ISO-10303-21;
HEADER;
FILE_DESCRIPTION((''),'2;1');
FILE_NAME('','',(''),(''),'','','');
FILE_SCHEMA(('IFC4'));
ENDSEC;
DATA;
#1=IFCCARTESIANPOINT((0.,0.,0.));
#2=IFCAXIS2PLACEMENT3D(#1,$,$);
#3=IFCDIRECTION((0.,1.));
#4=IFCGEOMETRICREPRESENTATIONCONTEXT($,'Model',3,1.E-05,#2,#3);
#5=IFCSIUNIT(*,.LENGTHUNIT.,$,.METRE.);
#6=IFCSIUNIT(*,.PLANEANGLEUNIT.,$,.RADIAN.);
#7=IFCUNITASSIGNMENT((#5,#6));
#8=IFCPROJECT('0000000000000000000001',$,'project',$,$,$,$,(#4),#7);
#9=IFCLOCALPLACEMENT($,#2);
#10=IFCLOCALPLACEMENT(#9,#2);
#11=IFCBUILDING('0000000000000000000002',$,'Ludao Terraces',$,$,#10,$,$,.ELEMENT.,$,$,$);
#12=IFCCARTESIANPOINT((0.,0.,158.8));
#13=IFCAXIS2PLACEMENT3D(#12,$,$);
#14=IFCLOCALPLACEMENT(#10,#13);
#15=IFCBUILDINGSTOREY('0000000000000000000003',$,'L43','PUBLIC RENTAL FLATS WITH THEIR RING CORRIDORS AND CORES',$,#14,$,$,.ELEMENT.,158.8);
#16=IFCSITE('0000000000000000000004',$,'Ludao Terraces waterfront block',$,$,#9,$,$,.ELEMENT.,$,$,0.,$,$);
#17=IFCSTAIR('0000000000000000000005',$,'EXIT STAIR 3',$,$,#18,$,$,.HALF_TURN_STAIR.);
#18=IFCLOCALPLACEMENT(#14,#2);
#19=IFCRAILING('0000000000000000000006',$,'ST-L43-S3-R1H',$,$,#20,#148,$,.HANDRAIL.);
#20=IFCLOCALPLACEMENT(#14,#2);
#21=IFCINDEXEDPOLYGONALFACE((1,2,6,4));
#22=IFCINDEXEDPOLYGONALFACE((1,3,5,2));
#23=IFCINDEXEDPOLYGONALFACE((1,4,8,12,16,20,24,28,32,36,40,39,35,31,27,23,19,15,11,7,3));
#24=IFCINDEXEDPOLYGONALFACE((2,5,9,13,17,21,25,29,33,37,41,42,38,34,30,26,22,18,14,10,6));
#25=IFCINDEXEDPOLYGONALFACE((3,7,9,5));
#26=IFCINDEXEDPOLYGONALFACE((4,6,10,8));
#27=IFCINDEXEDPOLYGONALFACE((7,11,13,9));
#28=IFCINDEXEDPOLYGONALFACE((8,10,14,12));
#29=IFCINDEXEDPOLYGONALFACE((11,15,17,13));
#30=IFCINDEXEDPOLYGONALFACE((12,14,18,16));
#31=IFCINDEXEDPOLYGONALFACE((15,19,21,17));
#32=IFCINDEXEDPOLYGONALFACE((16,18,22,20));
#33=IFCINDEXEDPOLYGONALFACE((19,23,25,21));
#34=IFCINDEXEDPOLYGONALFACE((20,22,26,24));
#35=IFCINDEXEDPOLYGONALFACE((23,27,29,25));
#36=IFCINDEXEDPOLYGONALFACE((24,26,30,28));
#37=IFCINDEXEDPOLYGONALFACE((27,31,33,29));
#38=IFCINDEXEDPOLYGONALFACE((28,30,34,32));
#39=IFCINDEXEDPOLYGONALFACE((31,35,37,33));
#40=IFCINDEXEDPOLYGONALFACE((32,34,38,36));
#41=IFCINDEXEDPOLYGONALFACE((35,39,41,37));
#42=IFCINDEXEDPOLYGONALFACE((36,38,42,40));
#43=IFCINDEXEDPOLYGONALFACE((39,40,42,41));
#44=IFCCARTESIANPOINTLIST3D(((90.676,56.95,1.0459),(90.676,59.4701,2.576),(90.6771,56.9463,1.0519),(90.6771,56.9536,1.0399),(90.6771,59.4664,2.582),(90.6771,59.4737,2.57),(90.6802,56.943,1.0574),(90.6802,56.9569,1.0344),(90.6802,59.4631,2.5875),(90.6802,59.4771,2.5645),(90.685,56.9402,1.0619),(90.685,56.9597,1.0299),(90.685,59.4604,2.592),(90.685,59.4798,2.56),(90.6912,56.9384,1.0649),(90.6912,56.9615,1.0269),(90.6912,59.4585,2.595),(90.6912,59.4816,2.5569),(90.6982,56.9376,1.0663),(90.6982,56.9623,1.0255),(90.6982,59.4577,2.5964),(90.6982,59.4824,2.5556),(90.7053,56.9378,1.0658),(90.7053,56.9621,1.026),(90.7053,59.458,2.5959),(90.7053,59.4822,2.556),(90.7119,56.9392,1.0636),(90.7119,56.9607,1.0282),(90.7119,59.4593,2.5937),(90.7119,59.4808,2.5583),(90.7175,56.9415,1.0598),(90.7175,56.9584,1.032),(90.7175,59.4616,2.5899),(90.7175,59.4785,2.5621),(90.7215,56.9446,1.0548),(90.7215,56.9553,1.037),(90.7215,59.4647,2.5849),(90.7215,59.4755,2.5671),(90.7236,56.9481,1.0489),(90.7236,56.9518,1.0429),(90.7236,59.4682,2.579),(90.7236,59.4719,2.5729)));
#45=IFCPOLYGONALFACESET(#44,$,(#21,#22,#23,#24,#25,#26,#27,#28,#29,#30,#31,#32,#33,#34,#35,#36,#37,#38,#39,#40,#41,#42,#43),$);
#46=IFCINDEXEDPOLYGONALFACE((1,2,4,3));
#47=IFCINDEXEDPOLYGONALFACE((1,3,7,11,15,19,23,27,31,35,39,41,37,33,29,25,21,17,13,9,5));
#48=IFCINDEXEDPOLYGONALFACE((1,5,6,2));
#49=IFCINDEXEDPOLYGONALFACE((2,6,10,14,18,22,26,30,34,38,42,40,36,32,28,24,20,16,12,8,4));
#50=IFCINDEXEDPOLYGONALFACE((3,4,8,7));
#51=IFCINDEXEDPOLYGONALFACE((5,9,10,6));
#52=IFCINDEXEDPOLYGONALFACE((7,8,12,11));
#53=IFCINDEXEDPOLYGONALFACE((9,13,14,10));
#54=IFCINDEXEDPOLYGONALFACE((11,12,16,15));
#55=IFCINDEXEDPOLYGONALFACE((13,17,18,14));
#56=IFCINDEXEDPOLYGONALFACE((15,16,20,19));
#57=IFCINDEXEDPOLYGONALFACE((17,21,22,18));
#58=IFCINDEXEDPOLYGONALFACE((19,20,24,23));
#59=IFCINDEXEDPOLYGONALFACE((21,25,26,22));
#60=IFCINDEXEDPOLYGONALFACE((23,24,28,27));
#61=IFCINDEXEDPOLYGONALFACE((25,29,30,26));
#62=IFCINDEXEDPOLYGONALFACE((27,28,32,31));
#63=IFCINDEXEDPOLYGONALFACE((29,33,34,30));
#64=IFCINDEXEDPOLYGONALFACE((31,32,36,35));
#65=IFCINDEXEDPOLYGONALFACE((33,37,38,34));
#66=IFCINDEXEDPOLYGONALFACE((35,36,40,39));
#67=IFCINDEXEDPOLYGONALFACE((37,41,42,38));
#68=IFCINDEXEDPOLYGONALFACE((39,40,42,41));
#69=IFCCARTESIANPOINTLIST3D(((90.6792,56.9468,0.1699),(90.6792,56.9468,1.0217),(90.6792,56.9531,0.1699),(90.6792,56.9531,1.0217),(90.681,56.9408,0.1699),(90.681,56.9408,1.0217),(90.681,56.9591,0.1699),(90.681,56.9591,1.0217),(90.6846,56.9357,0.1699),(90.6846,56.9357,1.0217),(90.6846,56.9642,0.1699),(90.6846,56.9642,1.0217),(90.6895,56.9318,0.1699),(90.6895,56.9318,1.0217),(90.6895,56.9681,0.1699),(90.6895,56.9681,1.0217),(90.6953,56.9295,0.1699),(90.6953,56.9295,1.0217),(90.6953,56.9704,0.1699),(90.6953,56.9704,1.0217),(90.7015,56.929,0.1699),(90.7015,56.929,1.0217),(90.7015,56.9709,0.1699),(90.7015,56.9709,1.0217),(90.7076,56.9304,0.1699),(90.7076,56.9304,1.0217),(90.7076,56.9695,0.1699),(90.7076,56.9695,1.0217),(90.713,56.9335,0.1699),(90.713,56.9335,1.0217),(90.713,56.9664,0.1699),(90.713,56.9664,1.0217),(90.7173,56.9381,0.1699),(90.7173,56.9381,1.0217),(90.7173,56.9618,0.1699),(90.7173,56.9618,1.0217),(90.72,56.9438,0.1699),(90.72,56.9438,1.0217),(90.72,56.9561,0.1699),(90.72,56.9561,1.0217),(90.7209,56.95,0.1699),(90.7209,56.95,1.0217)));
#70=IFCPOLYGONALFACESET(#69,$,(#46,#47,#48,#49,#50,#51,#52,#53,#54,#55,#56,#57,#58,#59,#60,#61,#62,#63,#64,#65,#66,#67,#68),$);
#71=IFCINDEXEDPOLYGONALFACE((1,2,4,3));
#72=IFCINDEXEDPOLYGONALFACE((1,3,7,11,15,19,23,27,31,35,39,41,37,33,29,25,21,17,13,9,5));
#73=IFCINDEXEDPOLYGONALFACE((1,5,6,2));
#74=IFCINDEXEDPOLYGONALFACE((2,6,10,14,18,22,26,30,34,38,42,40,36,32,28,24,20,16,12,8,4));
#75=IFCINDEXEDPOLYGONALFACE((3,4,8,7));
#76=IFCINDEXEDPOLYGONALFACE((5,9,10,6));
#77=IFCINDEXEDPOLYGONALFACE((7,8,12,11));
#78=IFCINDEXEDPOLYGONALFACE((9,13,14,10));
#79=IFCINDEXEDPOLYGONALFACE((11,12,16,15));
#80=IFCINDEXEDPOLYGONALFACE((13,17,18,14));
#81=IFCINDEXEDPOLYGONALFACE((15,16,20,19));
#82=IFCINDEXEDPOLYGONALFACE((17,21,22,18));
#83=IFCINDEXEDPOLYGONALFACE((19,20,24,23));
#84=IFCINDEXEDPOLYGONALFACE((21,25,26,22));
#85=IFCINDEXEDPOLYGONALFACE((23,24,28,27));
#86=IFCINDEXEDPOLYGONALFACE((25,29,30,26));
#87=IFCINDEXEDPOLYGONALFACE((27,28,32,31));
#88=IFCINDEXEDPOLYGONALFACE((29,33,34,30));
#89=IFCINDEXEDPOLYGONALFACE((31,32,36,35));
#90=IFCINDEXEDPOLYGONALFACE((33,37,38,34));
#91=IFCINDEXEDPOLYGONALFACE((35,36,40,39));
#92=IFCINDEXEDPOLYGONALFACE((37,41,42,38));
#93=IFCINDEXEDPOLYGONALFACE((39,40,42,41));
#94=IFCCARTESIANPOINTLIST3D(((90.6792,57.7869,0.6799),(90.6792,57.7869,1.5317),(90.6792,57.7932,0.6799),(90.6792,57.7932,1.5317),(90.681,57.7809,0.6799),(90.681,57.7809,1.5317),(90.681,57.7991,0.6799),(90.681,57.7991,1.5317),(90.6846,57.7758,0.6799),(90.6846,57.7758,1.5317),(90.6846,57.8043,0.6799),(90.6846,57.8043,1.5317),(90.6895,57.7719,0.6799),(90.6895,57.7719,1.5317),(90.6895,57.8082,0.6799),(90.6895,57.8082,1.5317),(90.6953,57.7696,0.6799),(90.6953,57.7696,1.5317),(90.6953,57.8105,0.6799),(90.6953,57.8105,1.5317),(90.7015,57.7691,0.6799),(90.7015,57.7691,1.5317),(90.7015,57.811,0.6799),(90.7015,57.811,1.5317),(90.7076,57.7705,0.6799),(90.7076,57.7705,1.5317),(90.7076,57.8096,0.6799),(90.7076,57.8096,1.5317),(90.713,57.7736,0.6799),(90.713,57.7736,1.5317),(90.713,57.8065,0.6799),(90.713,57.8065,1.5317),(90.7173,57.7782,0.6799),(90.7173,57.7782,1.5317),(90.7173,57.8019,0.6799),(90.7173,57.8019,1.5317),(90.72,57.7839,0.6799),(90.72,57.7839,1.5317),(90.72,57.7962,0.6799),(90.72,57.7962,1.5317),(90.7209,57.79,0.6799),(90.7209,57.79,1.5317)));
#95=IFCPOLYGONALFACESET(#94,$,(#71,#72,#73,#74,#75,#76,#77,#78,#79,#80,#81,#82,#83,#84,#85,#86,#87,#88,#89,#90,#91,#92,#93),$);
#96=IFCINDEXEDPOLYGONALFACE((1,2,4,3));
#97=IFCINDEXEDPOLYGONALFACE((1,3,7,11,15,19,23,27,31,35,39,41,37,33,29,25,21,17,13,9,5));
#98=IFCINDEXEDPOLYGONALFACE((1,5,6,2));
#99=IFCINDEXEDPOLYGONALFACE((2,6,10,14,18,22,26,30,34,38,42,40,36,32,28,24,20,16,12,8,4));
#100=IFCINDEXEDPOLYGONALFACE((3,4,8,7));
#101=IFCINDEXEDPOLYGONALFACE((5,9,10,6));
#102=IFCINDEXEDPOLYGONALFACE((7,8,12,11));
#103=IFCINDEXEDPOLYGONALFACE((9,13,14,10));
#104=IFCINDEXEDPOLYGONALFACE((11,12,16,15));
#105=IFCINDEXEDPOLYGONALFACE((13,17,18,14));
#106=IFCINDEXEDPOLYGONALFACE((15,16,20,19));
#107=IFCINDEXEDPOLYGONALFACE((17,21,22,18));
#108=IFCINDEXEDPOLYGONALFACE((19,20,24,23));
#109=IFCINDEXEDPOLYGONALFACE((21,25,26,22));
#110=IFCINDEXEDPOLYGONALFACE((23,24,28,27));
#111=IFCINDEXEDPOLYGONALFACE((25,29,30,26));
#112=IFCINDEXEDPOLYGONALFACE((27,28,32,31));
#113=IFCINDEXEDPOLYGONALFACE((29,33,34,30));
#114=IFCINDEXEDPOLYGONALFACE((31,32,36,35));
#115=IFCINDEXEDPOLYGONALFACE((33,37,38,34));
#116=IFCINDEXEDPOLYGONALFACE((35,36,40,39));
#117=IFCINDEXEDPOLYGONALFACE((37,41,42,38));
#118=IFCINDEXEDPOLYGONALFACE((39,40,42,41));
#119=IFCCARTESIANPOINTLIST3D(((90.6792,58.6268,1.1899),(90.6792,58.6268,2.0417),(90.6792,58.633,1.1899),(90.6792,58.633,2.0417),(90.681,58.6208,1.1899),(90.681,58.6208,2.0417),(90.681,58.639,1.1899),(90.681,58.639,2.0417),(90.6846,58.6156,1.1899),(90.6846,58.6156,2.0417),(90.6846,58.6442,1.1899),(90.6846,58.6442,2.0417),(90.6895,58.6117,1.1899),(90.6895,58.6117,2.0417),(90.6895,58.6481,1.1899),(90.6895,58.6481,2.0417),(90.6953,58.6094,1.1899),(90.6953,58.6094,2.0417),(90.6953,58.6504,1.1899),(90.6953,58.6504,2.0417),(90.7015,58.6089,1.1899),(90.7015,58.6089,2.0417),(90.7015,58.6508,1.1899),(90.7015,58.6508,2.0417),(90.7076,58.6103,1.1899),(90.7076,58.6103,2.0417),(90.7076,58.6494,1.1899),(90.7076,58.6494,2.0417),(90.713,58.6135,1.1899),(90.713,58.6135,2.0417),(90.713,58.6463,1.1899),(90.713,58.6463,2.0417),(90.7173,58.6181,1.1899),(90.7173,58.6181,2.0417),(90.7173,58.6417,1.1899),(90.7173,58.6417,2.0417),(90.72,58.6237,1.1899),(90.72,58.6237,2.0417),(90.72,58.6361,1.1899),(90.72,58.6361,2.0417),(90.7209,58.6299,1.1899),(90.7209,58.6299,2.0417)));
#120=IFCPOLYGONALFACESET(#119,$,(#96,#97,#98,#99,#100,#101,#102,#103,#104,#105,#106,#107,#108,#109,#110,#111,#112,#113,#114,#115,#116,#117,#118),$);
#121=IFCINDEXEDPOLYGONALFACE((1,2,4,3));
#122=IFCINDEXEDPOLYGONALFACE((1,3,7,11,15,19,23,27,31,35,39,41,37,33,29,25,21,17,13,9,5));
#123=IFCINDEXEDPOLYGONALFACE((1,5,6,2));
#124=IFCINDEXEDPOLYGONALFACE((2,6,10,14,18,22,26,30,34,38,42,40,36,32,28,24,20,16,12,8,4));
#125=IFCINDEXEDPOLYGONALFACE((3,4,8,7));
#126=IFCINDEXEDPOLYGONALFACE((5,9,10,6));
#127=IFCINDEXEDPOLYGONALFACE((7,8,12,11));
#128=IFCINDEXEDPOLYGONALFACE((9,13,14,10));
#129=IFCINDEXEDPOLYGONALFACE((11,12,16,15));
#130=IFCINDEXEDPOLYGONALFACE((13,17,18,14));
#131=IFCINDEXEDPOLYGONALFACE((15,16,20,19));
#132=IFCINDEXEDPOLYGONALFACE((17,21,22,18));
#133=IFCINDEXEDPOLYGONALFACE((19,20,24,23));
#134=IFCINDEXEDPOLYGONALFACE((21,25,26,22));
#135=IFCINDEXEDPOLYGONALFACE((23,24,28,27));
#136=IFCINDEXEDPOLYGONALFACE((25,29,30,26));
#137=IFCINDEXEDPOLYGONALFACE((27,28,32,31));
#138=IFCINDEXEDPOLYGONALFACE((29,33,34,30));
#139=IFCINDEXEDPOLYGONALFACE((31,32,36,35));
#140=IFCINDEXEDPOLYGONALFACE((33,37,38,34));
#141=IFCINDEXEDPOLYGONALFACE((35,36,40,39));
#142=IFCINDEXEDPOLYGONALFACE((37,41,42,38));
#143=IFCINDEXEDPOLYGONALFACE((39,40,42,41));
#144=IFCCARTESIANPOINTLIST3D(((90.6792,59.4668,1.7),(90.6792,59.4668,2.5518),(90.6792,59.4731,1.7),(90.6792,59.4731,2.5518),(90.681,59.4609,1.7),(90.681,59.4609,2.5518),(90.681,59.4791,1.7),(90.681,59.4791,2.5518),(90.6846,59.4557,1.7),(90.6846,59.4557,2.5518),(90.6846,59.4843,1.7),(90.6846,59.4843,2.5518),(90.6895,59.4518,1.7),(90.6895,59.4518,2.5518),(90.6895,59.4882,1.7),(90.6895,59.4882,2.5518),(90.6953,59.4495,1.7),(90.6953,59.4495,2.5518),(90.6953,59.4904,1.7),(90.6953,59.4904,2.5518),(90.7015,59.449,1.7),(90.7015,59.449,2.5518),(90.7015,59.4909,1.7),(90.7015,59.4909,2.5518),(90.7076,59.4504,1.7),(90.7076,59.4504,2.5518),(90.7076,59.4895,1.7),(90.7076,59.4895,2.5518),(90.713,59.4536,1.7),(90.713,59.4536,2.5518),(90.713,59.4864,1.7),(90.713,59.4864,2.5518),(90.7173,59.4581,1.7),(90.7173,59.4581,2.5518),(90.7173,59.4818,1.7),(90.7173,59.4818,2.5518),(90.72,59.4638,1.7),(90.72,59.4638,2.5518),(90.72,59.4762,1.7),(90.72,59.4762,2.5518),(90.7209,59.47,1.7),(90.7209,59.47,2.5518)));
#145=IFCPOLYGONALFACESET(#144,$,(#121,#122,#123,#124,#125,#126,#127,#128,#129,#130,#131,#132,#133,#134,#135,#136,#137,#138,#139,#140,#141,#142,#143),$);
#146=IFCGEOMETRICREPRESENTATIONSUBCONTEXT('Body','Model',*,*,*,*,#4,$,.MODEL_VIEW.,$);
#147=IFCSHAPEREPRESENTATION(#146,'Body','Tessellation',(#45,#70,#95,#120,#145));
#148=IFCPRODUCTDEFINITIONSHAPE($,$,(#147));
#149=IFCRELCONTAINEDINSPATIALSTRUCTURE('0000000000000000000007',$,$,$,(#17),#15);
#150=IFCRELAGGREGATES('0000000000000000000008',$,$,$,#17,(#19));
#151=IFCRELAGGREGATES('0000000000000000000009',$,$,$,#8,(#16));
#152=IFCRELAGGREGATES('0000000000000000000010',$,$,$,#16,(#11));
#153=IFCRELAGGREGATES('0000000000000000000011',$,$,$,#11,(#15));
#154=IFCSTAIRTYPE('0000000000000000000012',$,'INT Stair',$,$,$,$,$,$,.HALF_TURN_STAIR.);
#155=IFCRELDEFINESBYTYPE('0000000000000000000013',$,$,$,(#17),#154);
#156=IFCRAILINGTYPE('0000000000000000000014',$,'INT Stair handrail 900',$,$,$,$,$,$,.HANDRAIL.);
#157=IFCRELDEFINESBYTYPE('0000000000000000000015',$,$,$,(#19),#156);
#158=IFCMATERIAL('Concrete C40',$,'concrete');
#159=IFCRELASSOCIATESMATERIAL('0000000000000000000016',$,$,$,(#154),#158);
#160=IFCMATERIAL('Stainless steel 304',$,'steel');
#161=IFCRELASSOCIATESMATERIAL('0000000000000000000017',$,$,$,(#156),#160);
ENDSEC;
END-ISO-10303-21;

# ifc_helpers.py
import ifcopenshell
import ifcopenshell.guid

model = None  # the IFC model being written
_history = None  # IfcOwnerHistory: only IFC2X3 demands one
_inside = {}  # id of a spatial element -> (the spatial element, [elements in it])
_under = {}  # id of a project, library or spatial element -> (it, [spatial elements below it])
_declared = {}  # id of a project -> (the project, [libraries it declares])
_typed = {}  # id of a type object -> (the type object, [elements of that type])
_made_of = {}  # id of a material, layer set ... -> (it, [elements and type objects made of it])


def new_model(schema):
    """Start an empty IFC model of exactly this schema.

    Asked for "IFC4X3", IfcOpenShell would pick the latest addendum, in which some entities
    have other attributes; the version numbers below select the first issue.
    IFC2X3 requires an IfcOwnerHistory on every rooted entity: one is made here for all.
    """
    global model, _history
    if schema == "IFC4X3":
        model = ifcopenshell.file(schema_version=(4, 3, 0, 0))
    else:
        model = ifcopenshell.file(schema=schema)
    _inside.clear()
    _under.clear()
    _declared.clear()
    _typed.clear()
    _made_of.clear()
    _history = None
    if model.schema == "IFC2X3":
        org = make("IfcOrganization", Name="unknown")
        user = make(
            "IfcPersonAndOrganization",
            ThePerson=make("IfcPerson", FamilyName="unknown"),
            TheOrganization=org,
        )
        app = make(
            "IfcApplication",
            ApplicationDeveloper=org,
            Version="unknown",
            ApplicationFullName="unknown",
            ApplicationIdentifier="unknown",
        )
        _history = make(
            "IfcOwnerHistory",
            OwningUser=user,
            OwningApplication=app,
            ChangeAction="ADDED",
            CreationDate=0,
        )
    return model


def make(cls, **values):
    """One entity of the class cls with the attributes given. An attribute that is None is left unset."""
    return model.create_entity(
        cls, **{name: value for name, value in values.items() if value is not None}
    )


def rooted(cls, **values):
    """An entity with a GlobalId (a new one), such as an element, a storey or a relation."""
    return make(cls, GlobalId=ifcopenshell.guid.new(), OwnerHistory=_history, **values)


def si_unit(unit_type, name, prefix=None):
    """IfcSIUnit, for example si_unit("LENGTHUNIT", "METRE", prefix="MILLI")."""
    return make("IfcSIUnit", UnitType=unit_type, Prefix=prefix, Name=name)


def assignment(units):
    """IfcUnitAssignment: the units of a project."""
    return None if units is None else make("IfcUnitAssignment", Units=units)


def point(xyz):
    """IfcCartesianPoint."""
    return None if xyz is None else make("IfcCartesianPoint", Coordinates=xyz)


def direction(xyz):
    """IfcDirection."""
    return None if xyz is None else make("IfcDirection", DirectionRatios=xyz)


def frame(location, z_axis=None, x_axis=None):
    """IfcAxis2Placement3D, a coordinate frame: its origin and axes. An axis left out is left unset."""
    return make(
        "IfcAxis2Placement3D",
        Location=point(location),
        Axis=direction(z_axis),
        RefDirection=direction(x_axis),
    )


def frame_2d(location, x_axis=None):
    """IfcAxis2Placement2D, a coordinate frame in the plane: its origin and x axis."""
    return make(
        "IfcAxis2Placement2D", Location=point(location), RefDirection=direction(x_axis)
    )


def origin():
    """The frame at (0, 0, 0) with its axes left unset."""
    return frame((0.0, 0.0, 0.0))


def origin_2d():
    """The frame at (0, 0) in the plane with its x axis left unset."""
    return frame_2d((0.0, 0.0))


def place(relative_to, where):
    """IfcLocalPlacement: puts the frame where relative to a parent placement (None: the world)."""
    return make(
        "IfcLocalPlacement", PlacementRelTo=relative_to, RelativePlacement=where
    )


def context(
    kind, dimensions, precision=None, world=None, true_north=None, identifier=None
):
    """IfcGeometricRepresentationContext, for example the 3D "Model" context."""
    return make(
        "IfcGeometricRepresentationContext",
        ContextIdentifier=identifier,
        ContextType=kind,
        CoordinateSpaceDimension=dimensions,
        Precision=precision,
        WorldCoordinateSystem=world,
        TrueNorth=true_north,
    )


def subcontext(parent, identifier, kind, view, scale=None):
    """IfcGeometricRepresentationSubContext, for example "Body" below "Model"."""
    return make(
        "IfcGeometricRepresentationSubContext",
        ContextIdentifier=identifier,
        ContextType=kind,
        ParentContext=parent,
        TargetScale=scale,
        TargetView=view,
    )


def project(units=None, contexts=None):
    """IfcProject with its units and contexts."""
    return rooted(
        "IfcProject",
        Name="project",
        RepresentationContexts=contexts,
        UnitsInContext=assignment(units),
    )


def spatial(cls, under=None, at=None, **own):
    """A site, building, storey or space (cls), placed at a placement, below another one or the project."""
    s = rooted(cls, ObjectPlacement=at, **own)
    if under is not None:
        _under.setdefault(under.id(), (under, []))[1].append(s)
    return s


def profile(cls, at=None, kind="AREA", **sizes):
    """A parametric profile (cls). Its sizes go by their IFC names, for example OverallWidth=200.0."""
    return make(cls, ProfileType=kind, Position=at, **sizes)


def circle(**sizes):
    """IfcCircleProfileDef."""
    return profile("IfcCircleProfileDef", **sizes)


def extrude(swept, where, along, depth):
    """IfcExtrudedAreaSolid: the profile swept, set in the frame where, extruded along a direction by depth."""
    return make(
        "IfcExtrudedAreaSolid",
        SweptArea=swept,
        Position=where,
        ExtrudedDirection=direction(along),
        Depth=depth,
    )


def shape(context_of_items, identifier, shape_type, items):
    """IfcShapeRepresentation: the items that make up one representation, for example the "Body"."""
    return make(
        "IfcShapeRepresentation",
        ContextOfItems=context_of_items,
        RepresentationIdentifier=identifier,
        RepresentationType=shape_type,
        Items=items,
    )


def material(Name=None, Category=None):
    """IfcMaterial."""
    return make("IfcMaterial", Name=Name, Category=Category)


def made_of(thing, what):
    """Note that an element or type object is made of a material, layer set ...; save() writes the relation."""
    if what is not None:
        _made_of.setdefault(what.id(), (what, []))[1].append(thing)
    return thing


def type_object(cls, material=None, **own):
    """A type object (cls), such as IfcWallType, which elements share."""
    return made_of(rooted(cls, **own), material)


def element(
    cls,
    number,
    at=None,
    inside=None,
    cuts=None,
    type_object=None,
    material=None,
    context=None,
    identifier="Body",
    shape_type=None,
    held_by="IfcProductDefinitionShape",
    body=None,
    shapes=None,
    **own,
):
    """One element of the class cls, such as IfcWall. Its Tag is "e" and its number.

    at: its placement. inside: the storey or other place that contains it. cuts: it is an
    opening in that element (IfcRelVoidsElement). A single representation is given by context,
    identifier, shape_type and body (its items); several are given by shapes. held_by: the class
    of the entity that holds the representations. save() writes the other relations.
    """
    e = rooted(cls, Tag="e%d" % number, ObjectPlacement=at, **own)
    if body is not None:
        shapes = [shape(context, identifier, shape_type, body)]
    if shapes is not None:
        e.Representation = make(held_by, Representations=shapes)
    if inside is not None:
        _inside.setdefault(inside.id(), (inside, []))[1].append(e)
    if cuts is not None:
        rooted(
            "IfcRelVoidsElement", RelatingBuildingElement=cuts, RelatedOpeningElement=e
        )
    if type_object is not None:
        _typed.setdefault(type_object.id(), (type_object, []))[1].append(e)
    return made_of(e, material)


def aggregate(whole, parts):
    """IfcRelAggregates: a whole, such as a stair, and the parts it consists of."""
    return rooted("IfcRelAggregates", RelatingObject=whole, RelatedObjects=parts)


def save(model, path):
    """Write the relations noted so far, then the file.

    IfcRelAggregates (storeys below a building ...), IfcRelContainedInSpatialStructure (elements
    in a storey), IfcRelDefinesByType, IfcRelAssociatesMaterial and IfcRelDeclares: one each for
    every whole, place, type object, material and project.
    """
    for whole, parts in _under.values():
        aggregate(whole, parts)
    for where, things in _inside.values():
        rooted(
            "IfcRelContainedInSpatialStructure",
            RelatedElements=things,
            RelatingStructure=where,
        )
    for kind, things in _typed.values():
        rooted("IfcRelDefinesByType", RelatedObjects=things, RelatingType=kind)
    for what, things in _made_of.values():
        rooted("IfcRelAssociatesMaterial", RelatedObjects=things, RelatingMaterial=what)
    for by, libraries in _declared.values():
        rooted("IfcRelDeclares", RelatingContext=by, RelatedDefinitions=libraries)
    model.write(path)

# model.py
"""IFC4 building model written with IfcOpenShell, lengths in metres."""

from ifc_helpers import new_model, si_unit, direction, frame, origin, origin_2d, place, context, subcontext, project, spatial, circle, extrude, material, type_object, element, aggregate, save


model = new_model("IFC4")

# Units and contexts
model_context = context("Model", 3, precision=1e-05, world=origin(), true_north=direction((0.0, 1.0)))
body_context = subcontext(model_context, "Body", "Model", "MODEL_VIEW")
ifc_project = project(units=[si_unit("LENGTHUNIT", "METRE"), si_unit("PLANEANGLEUNIT", "RADIAN")], contexts=[model_context])

# Site, building, storey
site_placement = place(None, origin())
site = spatial("IfcSite", under=ifc_project, at=site_placement, Name="Ludao Terraces waterfront block", CompositionType="ELEMENT", RefElevation=0.0)
building_placement = place(site_placement, origin())
building = spatial("IfcBuilding", under=site, at=building_placement, Name="Ludao Terraces", CompositionType="ELEMENT")
storey_placement = place(building_placement, frame((0.0, 0.0, 158.8)))
storey = spatial("IfcBuildingStorey", under=building, at=storey_placement, Name="L43", Description="PUBLIC RENTAL FLATS WITH THEIR RING CORRIDORS AND CORES", CompositionType="ELEMENT", Elevation=158.8)

# Shared definitions
ifc_material_1 = material(Name="Concrete C40", Category="concrete")

# Stair, railing
stair_type = type_object("IfcStairType", Name="INT Stair", PredefinedType="HALF_TURN_STAIR", material=ifc_material_1)
stair_placement = place(storey_placement, origin())
stair = element("IfcStair", 1, at=stair_placement, inside=storey, type_object=stair_type, Name="EXIT STAIR 3", PredefinedType="HALF_TURN_STAIR")
ifc_material_2 = material(Name="Stainless steel 304", Category="steel")
railing_type_1 = type_object("IfcRailingType", Name="INT Stair handrail 900", PredefinedType="HANDRAIL", material=ifc_material_2)
railing_1_placement = place(storey_placement, frame((90.7, 56.95, 0.1699)))
railing_1 = element("IfcRailing", 2, at=railing_1_placement, type_object=railing_type_1, Name="ST-L43-S3-R1H", PredefinedType="HANDRAIL", context=body_context, shape_type="SweptSolid", body=[
    extrude(circle(Radius=0.0239, at=origin_2d()), frame((0.0, 0.0, 0.876), z_axis=(0.0, 0.854785, 0.518982), x_axis=(-1.0, 0.0, 0.0)), (0.0, 0.0, 1.0), 2.9482),
    extrude(circle(Radius=0.021, at=origin_2d()), origin(), (0.0, 0.0, 1.0), 0.8518),
    extrude(circle(Radius=0.021, at=origin_2d()), frame((0.0, 0.8401, 0.51)), (0.0, 0.0, 1.0), 0.8518),
    extrude(circle(Radius=0.021, at=origin_2d()), frame((0.0, 1.6799, 1.02)), (0.0, 0.0, 1.0), 0.8518),
    extrude(circle(Radius=0.021, at=origin_2d()), frame((0.0, 2.52, 1.53)), (0.0, 0.0, 1.0), 0.8518),
])
aggregate(stair, [railing_1])

save(model, "model.ifc")
